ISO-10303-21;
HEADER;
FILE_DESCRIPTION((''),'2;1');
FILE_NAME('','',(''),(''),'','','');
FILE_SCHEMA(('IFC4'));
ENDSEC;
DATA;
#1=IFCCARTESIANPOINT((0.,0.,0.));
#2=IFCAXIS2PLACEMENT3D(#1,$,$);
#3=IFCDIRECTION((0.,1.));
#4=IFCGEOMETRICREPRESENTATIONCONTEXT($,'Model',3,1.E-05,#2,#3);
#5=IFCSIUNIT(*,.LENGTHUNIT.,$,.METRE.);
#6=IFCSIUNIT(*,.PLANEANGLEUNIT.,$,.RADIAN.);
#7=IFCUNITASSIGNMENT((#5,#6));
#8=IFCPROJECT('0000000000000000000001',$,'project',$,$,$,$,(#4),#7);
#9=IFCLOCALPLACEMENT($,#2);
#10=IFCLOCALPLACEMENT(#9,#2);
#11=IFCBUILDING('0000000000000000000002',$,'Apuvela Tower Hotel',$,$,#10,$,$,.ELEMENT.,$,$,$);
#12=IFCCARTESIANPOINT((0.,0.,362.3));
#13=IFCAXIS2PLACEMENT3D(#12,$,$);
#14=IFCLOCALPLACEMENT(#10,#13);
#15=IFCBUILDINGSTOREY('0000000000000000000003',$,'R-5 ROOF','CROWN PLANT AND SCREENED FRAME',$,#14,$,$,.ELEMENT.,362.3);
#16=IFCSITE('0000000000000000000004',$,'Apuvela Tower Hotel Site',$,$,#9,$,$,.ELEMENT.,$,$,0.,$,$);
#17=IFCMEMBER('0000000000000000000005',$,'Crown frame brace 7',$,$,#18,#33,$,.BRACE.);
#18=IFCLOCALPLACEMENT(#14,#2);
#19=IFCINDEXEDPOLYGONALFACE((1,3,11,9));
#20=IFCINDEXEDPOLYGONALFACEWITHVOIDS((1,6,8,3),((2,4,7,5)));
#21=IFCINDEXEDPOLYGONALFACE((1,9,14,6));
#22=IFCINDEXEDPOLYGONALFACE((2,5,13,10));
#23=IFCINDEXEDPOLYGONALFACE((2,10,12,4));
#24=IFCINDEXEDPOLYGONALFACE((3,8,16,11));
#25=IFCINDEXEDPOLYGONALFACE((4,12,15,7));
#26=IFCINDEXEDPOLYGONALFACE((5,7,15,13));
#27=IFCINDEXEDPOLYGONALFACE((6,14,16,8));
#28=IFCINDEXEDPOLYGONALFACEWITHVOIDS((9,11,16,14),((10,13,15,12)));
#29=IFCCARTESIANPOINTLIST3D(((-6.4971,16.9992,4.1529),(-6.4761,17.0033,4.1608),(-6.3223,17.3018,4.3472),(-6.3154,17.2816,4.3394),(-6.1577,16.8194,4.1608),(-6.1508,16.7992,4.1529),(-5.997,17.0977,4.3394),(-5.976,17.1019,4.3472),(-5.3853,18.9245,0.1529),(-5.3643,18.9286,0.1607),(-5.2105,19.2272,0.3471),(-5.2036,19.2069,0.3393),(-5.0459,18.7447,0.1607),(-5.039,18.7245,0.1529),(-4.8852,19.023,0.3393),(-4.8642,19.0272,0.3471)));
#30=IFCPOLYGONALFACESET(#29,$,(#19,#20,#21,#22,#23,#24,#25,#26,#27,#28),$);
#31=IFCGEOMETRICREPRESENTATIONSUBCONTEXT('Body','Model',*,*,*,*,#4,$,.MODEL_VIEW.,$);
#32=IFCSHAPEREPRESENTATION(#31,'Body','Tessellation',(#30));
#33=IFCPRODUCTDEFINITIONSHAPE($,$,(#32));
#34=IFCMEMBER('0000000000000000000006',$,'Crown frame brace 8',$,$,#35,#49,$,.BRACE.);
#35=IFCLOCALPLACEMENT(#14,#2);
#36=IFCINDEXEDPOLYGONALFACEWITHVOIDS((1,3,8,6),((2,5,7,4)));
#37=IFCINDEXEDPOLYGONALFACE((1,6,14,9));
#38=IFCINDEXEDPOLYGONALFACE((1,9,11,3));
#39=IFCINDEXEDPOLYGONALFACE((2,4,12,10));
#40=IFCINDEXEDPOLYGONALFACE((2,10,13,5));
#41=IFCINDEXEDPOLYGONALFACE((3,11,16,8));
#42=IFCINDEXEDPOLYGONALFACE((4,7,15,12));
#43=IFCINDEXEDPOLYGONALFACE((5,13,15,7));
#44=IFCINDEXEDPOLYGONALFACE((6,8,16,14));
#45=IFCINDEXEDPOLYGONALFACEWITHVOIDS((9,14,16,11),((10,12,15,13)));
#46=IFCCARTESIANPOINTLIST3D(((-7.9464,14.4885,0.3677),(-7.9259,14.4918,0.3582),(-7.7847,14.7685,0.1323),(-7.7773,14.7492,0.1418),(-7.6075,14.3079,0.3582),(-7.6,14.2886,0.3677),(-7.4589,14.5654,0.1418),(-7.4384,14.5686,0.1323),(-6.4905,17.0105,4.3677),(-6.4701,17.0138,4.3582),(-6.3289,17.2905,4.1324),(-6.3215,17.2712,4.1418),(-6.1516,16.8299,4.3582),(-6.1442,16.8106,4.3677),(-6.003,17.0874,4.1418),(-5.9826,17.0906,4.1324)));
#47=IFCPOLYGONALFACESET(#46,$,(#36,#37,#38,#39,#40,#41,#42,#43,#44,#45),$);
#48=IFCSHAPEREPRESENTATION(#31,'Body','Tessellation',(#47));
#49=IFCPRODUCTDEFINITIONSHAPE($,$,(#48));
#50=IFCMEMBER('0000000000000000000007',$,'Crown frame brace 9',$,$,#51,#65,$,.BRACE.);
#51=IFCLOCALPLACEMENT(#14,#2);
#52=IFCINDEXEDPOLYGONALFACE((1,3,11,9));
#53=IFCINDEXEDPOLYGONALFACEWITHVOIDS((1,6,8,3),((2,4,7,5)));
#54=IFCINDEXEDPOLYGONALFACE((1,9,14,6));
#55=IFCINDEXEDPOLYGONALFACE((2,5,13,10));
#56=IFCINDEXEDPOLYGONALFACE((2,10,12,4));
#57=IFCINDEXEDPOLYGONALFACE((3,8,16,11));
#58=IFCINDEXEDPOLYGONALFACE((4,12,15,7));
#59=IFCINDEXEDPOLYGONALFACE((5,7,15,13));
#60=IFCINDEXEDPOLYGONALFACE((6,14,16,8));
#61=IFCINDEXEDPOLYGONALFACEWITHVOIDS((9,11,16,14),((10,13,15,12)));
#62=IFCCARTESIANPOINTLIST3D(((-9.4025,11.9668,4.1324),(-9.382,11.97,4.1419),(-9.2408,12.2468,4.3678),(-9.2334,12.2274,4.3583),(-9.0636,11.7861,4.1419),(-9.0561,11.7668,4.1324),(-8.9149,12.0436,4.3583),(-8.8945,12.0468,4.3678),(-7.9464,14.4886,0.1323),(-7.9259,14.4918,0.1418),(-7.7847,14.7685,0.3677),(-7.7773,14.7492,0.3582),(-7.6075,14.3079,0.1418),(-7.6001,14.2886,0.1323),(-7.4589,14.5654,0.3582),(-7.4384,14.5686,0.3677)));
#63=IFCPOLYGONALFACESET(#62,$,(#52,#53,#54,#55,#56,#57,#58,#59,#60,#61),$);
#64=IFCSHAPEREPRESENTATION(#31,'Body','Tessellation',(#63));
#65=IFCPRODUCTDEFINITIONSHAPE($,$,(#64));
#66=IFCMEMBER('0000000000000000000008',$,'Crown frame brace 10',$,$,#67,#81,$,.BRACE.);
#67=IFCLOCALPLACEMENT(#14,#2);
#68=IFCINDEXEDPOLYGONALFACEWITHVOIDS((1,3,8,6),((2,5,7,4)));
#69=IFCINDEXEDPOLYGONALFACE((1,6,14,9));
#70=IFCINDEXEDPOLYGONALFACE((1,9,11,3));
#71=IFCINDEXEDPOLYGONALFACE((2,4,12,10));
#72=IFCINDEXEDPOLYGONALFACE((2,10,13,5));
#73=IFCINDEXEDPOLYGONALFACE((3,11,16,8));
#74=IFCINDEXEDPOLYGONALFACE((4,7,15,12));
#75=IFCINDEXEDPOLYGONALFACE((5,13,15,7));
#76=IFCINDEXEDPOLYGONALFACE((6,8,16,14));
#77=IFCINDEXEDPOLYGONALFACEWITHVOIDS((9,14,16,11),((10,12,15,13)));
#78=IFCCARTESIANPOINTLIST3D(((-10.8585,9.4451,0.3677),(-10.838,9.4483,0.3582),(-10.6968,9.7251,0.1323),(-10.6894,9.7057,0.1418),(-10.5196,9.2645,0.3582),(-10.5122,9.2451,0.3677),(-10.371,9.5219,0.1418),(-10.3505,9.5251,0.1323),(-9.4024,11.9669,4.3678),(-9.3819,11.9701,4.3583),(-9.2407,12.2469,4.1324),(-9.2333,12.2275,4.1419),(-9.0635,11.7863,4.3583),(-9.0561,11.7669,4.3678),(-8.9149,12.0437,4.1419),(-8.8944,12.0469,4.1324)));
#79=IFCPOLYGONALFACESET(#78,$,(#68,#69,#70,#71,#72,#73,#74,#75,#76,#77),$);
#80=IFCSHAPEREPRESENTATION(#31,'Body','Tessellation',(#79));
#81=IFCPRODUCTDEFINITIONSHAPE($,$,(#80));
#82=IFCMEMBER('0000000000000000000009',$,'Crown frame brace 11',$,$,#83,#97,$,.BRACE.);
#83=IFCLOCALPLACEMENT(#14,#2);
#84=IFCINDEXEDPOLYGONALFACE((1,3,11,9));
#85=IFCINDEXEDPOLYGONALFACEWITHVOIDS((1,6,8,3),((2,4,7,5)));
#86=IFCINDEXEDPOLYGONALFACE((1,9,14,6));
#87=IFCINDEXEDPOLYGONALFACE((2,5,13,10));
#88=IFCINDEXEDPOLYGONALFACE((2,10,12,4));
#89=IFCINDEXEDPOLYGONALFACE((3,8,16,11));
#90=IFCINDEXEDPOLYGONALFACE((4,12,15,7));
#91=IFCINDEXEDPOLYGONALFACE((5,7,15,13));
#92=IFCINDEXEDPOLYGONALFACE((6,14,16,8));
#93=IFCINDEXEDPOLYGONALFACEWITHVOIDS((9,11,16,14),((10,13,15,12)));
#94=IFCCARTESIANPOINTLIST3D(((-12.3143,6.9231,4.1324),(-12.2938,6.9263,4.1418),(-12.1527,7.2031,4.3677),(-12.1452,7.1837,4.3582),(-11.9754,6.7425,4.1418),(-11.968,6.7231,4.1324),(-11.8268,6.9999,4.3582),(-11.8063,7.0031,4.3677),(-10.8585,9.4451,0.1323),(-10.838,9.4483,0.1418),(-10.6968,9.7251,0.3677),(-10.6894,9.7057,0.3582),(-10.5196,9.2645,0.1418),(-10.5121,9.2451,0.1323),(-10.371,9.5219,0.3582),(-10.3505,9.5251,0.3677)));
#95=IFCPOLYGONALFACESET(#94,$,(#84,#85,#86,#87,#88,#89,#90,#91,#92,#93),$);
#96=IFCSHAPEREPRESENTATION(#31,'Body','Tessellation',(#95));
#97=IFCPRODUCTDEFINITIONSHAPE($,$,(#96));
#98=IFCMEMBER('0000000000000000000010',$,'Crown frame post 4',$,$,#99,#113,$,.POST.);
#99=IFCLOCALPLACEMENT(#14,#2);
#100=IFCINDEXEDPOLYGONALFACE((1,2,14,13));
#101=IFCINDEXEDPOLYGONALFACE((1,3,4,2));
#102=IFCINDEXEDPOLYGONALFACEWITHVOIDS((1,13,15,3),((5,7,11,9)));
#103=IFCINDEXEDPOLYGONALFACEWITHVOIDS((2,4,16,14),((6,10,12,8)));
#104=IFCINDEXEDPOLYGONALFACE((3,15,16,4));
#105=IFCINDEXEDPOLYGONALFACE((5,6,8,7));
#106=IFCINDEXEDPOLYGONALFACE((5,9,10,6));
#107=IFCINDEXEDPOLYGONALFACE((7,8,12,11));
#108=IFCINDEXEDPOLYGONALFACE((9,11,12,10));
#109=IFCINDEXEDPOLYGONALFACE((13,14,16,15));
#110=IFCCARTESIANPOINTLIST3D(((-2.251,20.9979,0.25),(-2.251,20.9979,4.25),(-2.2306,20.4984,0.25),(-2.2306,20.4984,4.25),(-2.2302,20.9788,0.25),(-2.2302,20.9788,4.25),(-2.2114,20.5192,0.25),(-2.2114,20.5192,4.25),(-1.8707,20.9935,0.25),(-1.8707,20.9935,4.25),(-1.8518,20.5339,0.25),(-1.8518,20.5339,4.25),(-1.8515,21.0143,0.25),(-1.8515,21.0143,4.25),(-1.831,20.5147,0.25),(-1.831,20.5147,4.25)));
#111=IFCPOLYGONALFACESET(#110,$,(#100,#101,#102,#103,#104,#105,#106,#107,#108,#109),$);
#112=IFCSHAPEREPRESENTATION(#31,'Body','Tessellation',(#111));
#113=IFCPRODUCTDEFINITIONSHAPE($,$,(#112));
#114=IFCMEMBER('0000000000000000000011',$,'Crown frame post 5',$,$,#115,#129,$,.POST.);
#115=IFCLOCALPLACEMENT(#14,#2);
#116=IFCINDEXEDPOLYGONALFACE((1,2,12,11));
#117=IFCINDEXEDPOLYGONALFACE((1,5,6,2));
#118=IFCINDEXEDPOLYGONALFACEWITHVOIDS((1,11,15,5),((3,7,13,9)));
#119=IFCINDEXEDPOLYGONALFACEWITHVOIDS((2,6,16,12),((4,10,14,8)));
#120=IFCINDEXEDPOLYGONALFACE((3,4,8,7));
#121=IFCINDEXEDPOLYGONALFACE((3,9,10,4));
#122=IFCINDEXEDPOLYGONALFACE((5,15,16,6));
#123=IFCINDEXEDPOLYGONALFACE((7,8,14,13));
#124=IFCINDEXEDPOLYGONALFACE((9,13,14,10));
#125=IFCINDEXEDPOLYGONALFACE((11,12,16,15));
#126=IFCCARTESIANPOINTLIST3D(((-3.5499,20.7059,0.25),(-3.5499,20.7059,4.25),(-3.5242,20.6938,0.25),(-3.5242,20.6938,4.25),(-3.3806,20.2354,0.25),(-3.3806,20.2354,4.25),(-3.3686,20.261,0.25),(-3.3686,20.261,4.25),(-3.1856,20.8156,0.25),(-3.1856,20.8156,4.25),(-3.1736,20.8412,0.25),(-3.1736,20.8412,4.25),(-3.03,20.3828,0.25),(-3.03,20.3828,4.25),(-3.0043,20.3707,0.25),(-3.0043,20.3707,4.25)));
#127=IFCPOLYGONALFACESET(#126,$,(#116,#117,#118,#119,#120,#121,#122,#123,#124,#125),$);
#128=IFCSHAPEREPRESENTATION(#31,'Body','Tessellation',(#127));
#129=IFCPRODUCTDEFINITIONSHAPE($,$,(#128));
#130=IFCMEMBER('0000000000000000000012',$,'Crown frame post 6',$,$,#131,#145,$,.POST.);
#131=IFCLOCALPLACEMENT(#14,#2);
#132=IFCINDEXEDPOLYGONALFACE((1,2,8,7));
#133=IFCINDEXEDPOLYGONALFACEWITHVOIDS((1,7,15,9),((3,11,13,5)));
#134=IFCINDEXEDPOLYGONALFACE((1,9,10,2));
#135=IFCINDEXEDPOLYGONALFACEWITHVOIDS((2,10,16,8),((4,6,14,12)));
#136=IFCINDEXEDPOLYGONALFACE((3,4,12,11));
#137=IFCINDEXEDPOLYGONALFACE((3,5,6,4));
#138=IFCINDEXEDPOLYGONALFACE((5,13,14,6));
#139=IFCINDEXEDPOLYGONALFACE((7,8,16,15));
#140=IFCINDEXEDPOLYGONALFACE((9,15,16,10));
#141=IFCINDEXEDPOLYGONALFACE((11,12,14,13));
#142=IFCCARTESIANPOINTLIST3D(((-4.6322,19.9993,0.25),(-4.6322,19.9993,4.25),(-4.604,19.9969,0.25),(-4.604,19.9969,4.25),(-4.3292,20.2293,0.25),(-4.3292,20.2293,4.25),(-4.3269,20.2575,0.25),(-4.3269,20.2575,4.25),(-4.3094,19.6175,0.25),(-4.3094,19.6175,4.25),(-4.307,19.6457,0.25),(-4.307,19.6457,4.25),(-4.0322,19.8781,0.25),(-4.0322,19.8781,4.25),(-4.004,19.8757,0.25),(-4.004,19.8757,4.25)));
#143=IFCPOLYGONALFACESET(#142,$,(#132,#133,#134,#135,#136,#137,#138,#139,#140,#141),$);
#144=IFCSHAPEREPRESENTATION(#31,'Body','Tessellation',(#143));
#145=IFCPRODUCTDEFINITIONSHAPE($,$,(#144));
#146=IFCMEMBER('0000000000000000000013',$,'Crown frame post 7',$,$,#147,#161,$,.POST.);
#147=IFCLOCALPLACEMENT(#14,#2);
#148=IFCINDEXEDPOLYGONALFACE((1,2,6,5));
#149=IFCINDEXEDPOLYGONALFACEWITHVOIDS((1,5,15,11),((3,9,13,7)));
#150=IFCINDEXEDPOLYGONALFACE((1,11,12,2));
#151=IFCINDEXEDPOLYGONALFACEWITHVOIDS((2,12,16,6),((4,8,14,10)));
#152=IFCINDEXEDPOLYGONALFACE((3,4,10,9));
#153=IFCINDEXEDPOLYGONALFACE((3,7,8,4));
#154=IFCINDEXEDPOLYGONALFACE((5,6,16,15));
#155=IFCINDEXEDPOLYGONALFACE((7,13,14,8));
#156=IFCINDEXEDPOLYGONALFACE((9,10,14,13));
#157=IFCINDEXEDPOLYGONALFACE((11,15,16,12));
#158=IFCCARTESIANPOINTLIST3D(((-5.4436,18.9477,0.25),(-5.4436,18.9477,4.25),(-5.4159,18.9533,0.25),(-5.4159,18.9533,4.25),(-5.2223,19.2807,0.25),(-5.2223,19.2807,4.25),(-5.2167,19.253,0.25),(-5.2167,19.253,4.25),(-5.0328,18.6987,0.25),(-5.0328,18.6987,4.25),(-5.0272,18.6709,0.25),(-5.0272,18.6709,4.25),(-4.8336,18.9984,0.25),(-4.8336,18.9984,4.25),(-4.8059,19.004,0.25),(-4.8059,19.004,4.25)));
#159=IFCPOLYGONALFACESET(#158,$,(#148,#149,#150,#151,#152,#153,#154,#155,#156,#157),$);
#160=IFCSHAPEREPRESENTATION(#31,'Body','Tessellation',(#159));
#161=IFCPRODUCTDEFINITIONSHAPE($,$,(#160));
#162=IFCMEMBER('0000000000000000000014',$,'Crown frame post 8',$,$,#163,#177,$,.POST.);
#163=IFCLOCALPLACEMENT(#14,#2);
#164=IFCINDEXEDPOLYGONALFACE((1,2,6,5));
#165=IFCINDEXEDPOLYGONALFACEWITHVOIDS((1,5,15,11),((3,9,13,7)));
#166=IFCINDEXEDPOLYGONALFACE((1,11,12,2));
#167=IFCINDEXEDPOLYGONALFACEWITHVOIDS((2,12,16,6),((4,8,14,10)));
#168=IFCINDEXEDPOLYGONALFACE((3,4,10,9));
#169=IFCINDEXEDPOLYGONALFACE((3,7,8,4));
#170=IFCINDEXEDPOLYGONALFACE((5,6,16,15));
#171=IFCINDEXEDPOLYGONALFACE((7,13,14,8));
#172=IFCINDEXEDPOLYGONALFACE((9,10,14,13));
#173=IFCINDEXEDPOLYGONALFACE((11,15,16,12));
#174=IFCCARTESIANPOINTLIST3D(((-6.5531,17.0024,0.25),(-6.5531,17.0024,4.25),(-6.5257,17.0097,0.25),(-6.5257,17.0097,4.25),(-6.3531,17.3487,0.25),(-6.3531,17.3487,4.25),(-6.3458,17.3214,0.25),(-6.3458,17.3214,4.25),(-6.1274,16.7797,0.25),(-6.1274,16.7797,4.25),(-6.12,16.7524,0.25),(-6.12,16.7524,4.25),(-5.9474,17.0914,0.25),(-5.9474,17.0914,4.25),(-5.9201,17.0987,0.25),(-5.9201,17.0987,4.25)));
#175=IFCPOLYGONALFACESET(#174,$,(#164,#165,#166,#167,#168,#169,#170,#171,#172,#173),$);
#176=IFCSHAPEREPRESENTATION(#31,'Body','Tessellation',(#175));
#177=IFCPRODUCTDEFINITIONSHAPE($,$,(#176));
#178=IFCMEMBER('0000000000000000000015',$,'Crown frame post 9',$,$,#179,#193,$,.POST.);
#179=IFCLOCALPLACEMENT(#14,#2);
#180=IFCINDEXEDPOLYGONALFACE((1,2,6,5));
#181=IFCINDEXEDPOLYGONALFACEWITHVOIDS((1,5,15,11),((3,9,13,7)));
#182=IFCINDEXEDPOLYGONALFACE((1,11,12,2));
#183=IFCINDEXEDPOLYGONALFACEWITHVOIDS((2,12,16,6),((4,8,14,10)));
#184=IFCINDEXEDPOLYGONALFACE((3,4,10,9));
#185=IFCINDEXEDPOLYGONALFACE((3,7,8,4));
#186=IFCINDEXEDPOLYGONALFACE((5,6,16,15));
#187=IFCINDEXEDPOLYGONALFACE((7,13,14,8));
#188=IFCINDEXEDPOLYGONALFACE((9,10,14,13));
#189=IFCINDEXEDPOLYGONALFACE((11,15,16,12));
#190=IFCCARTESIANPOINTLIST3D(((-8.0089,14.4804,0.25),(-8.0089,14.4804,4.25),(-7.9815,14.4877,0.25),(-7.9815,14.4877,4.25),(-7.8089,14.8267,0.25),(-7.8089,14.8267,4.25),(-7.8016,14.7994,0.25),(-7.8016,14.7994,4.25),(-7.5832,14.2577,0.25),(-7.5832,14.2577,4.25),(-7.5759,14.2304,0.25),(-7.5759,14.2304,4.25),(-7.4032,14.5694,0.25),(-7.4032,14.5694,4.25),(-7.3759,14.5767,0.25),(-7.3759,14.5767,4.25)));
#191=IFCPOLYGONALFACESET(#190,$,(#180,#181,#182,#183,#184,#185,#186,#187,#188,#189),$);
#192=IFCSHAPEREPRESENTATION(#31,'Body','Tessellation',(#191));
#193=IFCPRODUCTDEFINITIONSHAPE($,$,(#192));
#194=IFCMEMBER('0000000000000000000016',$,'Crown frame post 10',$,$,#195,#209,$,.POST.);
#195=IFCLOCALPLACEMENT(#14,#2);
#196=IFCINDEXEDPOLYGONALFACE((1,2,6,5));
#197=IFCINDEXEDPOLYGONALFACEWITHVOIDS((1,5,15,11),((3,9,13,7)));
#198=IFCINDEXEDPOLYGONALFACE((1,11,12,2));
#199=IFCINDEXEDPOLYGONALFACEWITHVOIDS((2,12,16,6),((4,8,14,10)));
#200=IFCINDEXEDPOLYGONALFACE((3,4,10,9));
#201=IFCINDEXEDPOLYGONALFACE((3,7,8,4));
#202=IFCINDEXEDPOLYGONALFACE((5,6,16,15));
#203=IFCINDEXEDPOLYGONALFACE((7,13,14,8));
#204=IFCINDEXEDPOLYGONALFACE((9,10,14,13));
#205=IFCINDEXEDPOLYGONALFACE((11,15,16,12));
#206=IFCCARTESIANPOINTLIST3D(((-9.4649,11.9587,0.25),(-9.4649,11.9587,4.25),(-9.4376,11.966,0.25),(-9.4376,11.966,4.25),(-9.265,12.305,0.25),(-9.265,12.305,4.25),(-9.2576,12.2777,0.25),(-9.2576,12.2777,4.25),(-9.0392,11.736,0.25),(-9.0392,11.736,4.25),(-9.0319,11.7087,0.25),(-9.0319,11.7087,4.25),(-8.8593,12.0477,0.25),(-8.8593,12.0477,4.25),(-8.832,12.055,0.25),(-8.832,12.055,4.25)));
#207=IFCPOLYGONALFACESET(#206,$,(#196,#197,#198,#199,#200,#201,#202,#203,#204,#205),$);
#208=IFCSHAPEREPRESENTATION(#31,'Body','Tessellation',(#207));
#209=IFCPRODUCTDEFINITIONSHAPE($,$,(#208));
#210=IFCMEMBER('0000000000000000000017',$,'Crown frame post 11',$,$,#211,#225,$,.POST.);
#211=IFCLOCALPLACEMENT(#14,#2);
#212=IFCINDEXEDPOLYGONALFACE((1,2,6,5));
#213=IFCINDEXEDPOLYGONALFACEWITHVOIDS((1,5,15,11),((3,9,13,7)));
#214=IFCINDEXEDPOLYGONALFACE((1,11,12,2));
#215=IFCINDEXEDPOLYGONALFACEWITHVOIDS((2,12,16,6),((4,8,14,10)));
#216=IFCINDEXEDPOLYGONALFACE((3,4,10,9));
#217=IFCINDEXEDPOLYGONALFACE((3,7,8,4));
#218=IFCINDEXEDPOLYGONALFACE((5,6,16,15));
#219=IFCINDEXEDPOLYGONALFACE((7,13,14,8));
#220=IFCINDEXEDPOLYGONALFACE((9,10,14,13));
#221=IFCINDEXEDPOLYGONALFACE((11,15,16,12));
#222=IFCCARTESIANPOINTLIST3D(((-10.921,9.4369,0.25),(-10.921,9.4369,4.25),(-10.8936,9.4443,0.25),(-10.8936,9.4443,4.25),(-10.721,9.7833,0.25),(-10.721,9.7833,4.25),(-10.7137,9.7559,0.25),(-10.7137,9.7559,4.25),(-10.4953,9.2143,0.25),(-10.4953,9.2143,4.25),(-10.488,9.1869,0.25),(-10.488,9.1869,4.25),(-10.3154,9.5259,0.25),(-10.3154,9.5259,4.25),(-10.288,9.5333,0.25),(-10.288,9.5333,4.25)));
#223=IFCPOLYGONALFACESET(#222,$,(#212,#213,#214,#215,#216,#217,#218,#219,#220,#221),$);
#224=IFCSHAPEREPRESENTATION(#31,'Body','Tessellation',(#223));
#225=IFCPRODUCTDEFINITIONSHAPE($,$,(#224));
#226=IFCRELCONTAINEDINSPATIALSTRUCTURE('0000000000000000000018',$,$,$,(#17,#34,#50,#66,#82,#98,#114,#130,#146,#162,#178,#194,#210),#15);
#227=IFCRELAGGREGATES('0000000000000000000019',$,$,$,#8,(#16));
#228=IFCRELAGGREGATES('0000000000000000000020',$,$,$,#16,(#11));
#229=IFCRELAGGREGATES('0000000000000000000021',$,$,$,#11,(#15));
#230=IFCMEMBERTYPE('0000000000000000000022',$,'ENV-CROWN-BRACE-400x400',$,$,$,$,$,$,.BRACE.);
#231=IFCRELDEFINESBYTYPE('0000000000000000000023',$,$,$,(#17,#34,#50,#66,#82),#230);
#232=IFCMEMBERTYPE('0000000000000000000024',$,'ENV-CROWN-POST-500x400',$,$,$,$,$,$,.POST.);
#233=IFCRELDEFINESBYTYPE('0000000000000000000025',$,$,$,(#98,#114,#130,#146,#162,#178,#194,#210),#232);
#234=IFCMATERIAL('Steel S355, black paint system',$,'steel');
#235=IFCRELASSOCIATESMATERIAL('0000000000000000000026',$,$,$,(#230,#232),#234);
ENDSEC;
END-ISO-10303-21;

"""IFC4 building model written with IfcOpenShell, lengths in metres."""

from ifc_helpers import new_model, si_unit, direction, frame, origin, origin_2d, place, context, subcontext, project, spatial, hollow_rectangle, extrude, material, material_profile, profile_set, type_object, element, save


model = new_model("IFC4")

# Units and contexts
model_context = context("Model", 3, precision=1e-05, world=origin(), true_north=direction((0.0, 1.0)))
body_context = subcontext(model_context, "Body", "Model", "MODEL_VIEW")
ifc_project = project(units=[si_unit("LENGTHUNIT", "METRE"), si_unit("PLANEANGLEUNIT", "RADIAN")], contexts=[model_context])

# Site, building, storey
site_placement = place(None, origin())
site = spatial("IfcSite", under=ifc_project, at=site_placement, Name="Apuvela Tower Hotel Site", CompositionType="ELEMENT", RefElevation=0.0)
building_placement = place(site_placement, origin())
building = spatial("IfcBuilding", under=site, at=building_placement, Name="Apuvela Tower Hotel", CompositionType="ELEMENT")
storey_placement = place(building_placement, frame((0.0, 0.0, 362.3)))
storey = spatial("IfcBuildingStorey", under=building, at=storey_placement, Name="R-5 ROOF", Description="CROWN PLANT AND SCREENED FRAME", CompositionType="ELEMENT", Elevation=362.3)

# Members
ifc_material_1 = material(Name="Steel S355, black paint system", Category="steel")
ifc_material_profile_1 = material_profile(ifc_material_1, hollow_rectangle(XDim=0.3999, YDim=0.3999, WallThickness=0.0161, at=origin_2d()), Name="HSS 400x400x16")
ifc_profile_set_1 = profile_set([ifc_material_profile_1], Name="Steel S355, black paint system")
member_type_1 = type_object("IfcMemberType", Name="ENV-CROWN-BRACE-400x400", PredefinedType="BRACE", material=ifc_profile_set_1)
member_1_placement = place(storey_placement, frame((-5.1248, 18.9758, 0.25), z_axis=(-0.242949, -0.420706, 0.874061), x_axis=(0.865977, -0.500084, 0.0)))
element("IfcMember", 1, at=member_1_placement, inside=storey, type_object=member_type_1, Name="Crown frame brace 7", PredefinedType="BRACE", context=body_context, shape_type="SweptSolid", body=[
    extrude(hollow_rectangle(XDim=0.3999, YDim=0.3999, WallThickness=0.0161, at=origin_2d()), origin(), (0.0, 0.0, 1.0), 4.5764),
])
for number, where, z_axis, x_axis, name in (
    (2, (-7.6924, 14.5286, 0.25), (0.29424, 0.509726, 0.808457), (-0.866063, 0.499935, 0.0), "Crown frame brace 8"),
    (3, (-7.6924, 14.5286, 0.25), (-0.294292, -0.509682, 0.808465), (0.866005, -0.500035, 0.0), "Crown frame brace 9"),
    (4, (-10.6045, 9.4851, 0.25), (0.294292, 0.509682, 0.808465), (-0.866005, 0.500035, 0.0), "Crown frame brace 10"),
    (5, (-10.6045, 9.4851, 0.25), (-0.29424, -0.509726, 0.808457), (0.866063, -0.499935, 0.0), "Crown frame brace 11"),
):
    element("IfcMember", number, at=place(storey_placement, frame(where, z_axis=z_axis, x_axis=x_axis)), inside=storey, type_object=member_type_1, Name=name, PredefinedType="BRACE", context=body_context, shape_type="SweptSolid", body=[
        extrude(hollow_rectangle(XDim=0.3999, YDim=0.3999, WallThickness=0.0161, at=origin_2d()), origin(), (0.0, 0.0, 1.0), 4.9478),
    ])
ifc_material_profile_2 = material_profile(ifc_material_1, hollow_rectangle(XDim=0.3999, YDim=0.5, WallThickness=0.02, at=origin_2d()), Name="HSS 500x400x20")
ifc_profile_set_2 = profile_set([ifc_material_profile_2], Name="Steel S355, black paint system")
member_type_2 = type_object("IfcMemberType", Name="ENV-CROWN-POST-500x400", PredefinedType="POST", material=ifc_profile_set_2)
for number, where, z_axis, x_axis, name in (
    (6, (-2.041, 20.7563, 0.25), (0.0, 0.0, 1.0), (-0.999161, -0.040951, 0.0), "Crown frame post 4"),
    (7, (-3.2771, 20.5383, 0.25), (0.0, 0.0, 1.0), (-0.940994, -0.338423, 0.0), "Crown frame post 5"),
    (8, (-4.3181, 19.9375, 0.25), (0.0, 0.0, 1.0), (-0.76358, -0.645714, 0.0), "Crown frame post 6"),
    (9, (-5.1248, 18.9758, 0.25), (0.0, 0.0, 1.0), (-0.553467, -0.832871, 0.0), "Crown frame post 7"),
    (10, (-6.2366, 17.0505, 0.25), (0.0, 0.0, 1.0), (-0.5, -0.866025, 0.0), "Crown frame post 8"),
    (11, (-7.6924, 14.5286, 0.25), (0.0, 0.0, 1.0), (-0.5, -0.866025, 0.0), "Crown frame post 9"),
    (12, (-9.1484, 12.0068, 0.25), (0.0, 0.0, 1.0), (-0.5, -0.866025, 0.0), "Crown frame post 10"),
    (13, (-10.6045, 9.4851, 0.25), (0.0, 0.0, 1.0), (-0.5, -0.866025, 0.0), "Crown frame post 11"),
):
    element("IfcMember", number, at=place(storey_placement, frame(where, z_axis=z_axis, x_axis=x_axis)), inside=storey, type_object=member_type_2, Name=name, PredefinedType="POST", context=body_context, shape_type="SweptSolid", body=[
        extrude(hollow_rectangle(XDim=0.3999, YDim=0.5, WallThickness=0.02, at=origin_2d()), origin(), (0.0, 0.0, 1.0), 4.0),
    ])

save(model, "model.ifc")
